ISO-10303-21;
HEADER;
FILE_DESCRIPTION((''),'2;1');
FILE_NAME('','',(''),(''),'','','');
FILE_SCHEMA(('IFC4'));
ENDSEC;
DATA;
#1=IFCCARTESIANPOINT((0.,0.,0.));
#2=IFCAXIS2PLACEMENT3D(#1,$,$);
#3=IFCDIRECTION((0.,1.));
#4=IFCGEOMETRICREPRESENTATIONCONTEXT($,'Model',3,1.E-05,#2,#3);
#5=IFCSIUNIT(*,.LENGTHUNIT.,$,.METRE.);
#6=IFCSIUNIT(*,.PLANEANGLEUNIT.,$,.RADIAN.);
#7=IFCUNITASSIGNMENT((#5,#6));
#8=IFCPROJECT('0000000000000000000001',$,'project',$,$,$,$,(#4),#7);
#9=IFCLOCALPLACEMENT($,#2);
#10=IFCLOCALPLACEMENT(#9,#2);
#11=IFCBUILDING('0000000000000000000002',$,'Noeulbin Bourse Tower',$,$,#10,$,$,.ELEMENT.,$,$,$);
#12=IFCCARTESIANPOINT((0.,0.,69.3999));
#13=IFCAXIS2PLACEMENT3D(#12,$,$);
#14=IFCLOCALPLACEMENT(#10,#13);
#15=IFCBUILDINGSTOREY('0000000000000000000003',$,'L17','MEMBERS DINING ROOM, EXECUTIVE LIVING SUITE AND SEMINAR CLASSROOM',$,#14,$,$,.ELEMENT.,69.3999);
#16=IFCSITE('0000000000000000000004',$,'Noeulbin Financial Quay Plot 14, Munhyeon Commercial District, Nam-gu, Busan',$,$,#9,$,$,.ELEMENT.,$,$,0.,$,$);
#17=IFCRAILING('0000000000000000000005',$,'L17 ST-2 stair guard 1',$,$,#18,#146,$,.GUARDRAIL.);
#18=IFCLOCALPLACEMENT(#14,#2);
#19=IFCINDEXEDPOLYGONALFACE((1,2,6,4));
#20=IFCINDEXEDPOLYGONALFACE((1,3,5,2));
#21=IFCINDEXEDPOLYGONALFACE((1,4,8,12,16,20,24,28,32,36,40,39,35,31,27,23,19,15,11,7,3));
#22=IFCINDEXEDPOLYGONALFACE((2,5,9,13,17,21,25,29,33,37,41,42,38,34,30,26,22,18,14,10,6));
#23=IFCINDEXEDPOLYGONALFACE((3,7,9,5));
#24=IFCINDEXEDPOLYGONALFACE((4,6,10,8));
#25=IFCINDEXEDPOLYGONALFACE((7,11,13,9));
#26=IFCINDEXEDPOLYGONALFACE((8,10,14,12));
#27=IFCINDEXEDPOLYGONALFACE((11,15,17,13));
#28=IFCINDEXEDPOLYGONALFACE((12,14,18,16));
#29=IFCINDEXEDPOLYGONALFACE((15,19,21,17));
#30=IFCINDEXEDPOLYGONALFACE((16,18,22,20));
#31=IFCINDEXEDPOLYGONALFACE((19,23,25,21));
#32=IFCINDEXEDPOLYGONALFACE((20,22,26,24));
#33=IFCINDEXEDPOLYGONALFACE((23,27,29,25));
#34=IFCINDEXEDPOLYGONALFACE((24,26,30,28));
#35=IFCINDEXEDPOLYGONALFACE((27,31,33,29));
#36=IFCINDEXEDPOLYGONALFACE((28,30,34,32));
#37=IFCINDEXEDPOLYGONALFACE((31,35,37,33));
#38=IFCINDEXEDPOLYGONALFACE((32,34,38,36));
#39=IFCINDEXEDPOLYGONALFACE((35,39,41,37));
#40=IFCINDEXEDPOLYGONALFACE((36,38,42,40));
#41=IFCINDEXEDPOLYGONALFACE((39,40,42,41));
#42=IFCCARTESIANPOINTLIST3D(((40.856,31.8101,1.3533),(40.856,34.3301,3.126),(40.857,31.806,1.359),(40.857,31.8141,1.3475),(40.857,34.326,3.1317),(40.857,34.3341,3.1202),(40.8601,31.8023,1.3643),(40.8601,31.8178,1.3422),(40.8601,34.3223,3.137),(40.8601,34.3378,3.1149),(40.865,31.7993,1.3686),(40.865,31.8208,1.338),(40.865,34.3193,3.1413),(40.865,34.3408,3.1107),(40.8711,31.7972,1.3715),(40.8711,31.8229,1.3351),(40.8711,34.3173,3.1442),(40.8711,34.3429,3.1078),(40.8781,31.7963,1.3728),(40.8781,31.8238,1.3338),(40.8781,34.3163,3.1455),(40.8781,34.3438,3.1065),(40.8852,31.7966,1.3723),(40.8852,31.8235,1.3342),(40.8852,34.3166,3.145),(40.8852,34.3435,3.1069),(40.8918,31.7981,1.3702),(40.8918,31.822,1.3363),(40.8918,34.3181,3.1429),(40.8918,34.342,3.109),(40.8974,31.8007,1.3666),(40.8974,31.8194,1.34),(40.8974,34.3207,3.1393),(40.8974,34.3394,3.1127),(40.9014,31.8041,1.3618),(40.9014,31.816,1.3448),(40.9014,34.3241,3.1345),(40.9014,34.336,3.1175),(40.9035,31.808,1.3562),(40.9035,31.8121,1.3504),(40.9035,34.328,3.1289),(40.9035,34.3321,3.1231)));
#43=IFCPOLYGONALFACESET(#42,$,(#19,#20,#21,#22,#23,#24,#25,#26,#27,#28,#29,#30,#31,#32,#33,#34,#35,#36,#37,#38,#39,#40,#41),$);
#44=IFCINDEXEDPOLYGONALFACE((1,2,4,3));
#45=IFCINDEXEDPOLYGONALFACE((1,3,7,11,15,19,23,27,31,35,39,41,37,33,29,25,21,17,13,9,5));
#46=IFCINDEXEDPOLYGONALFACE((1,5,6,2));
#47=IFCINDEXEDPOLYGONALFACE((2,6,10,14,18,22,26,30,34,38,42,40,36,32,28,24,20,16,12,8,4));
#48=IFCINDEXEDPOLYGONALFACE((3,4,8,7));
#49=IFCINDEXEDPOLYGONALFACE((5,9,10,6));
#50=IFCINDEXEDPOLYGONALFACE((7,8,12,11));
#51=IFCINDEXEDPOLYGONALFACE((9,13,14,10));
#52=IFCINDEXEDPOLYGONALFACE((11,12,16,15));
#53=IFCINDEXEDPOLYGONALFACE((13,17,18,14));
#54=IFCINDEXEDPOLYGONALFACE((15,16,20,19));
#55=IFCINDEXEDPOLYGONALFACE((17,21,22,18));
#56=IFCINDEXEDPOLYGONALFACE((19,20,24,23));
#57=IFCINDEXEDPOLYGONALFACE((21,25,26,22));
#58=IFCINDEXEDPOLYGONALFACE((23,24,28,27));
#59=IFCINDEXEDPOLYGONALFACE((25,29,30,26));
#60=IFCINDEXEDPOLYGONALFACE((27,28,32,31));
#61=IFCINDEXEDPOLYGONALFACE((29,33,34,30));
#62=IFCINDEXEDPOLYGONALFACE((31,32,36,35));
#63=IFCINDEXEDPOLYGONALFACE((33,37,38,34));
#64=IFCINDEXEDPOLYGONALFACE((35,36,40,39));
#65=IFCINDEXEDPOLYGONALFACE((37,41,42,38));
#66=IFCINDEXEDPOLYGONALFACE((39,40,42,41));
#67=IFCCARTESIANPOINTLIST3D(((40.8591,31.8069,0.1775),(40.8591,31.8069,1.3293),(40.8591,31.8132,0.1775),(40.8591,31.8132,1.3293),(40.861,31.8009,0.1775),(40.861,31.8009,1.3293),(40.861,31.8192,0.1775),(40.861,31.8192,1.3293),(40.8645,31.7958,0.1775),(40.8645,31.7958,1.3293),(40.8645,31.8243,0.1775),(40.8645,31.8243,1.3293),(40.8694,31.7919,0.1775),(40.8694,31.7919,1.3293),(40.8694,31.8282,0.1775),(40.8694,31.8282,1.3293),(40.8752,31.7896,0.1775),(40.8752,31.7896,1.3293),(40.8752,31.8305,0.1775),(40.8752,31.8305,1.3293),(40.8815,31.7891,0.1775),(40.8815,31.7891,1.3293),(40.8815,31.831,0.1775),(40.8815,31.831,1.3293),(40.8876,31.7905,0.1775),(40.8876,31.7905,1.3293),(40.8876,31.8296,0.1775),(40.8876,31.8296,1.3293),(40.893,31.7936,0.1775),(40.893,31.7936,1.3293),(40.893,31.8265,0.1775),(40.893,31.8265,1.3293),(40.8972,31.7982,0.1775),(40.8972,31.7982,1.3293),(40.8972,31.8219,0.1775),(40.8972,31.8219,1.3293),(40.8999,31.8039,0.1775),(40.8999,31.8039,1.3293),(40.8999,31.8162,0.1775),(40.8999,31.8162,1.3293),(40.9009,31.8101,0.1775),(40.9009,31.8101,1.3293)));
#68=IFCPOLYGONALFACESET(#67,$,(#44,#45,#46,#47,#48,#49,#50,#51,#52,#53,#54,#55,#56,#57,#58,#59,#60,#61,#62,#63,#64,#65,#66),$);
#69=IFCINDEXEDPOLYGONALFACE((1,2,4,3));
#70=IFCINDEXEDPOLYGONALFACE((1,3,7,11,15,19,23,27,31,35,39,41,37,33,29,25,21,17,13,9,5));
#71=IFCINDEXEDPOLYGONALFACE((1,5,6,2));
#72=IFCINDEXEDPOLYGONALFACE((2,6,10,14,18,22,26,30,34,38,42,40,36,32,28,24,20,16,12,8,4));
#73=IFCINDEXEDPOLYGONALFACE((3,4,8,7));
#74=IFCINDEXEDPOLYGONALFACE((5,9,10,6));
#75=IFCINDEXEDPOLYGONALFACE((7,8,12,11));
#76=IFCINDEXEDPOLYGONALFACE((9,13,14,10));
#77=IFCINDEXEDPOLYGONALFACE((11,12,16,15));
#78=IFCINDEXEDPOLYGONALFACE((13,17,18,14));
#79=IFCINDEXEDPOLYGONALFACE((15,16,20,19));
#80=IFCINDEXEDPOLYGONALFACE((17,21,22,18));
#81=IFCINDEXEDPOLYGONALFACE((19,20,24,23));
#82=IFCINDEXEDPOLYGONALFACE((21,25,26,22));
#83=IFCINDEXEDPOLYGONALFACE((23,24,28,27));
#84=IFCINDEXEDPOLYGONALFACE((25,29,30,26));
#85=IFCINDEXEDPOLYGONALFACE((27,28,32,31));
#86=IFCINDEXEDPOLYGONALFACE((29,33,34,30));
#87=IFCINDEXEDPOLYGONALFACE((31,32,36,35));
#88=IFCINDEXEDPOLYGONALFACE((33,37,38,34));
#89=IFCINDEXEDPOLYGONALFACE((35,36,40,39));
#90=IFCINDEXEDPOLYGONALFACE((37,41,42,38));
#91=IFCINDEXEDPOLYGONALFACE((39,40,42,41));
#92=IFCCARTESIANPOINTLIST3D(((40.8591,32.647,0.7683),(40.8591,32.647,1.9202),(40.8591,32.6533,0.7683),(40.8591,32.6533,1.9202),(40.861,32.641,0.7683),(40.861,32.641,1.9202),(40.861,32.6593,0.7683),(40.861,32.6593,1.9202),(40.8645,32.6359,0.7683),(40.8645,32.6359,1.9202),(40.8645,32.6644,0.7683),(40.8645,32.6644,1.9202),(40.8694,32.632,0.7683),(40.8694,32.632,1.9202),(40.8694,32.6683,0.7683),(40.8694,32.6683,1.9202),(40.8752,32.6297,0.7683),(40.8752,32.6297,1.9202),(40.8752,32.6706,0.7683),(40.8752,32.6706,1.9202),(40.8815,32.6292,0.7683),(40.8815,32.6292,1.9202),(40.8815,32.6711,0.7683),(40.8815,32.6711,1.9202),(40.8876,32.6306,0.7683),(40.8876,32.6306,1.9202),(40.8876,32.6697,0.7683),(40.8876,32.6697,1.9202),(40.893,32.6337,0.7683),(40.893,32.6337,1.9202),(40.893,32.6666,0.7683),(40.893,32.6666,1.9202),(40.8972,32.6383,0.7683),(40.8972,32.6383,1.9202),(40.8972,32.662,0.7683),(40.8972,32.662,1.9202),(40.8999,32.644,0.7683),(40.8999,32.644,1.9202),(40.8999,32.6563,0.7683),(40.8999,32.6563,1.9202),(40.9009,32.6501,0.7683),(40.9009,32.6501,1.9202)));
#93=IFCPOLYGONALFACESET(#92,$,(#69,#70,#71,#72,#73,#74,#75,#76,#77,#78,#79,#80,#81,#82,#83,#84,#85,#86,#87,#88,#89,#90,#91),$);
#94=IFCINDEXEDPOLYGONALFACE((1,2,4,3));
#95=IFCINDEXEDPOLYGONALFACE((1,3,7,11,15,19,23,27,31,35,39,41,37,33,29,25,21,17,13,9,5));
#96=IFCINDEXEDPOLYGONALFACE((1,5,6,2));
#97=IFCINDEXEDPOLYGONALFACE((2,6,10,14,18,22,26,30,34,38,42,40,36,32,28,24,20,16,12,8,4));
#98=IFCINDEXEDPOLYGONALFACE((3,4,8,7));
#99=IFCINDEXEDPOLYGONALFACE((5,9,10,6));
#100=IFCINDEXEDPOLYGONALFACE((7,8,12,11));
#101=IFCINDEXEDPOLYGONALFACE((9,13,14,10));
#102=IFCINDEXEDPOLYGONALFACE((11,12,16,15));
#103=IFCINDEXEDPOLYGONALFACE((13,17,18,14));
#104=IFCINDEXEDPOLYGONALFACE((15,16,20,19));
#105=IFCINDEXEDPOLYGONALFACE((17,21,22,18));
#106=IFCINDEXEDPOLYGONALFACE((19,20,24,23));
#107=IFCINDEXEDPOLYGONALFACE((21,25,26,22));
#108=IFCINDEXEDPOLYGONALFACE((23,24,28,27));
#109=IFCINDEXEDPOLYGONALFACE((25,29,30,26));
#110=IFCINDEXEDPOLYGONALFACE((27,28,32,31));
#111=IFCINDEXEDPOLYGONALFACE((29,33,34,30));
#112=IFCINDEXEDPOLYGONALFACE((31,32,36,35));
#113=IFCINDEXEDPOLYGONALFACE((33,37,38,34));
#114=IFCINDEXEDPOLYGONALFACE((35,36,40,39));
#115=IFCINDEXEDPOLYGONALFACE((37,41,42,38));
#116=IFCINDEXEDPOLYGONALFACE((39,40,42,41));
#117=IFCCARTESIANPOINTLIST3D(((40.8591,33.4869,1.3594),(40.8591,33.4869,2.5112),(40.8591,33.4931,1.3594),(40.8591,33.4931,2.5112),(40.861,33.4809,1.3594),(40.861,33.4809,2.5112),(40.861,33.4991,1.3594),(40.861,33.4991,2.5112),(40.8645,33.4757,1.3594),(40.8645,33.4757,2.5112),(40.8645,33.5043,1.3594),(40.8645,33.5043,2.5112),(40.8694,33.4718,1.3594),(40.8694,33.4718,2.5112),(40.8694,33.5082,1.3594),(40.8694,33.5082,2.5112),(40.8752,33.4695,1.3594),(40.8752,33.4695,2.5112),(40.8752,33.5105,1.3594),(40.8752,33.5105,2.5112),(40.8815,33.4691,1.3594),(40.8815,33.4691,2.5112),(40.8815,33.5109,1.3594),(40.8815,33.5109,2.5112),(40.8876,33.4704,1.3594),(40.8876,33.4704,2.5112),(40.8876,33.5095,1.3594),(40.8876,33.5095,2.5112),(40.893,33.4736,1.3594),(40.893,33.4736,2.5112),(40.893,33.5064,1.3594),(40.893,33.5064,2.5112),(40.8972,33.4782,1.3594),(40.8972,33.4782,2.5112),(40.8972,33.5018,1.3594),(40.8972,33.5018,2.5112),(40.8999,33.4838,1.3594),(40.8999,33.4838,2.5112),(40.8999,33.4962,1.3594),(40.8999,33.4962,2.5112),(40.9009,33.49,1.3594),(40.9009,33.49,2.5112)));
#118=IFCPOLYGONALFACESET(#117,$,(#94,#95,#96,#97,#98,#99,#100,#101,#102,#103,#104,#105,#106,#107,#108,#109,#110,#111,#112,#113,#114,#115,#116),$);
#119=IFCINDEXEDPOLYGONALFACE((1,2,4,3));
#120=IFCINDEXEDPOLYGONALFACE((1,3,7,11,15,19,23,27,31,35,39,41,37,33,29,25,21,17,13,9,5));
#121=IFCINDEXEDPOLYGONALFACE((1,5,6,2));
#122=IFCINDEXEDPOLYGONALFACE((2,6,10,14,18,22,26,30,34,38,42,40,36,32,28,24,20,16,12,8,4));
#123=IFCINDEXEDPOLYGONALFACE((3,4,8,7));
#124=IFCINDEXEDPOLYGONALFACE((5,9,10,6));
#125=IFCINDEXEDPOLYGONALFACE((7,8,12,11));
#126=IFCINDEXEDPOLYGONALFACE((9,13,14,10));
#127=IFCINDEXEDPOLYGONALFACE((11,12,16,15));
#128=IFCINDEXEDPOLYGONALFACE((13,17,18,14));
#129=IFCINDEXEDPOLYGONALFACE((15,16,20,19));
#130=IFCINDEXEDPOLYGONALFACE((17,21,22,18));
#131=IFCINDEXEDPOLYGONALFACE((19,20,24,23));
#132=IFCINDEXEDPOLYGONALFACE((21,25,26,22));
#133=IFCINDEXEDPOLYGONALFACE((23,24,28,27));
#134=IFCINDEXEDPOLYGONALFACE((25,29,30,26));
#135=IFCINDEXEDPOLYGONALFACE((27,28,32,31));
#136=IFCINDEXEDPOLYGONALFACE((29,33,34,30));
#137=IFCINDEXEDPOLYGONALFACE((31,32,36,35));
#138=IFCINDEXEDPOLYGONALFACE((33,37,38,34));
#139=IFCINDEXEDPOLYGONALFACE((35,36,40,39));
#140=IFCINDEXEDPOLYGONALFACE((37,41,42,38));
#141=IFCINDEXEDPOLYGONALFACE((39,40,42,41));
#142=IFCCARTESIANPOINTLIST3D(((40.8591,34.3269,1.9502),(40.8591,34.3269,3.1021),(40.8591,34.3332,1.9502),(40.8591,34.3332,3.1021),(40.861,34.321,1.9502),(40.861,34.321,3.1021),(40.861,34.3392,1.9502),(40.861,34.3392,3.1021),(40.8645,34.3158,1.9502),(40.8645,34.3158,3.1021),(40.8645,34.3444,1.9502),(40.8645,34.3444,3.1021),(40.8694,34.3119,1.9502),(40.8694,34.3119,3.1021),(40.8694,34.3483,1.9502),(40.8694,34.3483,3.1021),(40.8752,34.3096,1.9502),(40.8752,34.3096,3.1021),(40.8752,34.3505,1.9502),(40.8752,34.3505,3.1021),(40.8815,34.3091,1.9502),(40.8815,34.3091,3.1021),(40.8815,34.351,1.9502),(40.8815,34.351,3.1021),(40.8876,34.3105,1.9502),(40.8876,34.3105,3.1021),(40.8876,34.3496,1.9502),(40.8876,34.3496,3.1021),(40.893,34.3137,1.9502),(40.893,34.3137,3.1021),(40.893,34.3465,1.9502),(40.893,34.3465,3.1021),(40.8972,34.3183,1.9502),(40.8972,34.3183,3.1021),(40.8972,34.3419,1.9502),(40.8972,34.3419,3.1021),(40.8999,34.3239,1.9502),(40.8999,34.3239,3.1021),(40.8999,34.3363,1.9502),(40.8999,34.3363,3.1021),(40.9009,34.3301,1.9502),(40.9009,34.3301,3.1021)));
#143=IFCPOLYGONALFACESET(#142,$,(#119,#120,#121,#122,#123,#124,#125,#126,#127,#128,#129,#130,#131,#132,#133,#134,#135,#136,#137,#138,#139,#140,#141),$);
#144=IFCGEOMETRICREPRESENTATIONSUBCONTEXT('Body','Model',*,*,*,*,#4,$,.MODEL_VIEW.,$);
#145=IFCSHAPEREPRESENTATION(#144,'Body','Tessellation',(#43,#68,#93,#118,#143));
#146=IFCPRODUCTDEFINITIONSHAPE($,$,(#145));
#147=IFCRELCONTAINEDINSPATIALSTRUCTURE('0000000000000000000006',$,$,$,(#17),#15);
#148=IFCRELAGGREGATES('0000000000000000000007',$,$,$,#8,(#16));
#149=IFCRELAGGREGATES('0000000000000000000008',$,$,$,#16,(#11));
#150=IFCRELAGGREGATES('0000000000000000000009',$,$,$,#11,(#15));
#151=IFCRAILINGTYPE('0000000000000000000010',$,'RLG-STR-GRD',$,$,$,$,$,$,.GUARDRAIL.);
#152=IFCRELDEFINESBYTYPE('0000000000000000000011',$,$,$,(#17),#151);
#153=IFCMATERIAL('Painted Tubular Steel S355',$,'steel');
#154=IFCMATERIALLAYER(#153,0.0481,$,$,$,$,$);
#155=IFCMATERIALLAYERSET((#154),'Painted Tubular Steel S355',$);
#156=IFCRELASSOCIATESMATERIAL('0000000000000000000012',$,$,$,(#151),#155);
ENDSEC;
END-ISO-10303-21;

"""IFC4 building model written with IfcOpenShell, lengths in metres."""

from ifc_helpers import new_model, si_unit, direction, frame, origin, origin_2d, place, context, subcontext, project, spatial, circle, extrude, material, layer, layer_set, type_object, element, save


model = new_model("IFC4")

# Units and contexts
model_context = context("Model", 3, precision=1e-05, world=origin(), true_north=direction((0.0, 1.0)))
body_context = subcontext(model_context, "Body", "Model", "MODEL_VIEW")
ifc_project = project(units=[si_unit("LENGTHUNIT", "METRE"), si_unit("PLANEANGLEUNIT", "RADIAN")], contexts=[model_context])

# Site, building, storey
site_placement = place(None, origin())
site = spatial("IfcSite", under=ifc_project, at=site_placement, Name="Noeulbin Financial Quay Plot 14, Munhyeon Commercial District, Nam-gu, Busan", CompositionType="ELEMENT", RefElevation=0.0)
building_placement = place(site_placement, origin())
building = spatial("IfcBuilding", under=site, at=building_placement, Name="Noeulbin Bourse Tower", CompositionType="ELEMENT")
storey_placement = place(building_placement, frame((0.0, 0.0, 69.3999)))
storey = spatial("IfcBuildingStorey", under=building, at=storey_placement, Name="L17", Description="MEMBERS DINING ROOM, EXECUTIVE LIVING SUITE AND SEMINAR CLASSROOM", CompositionType="ELEMENT", Elevation=69.3999)

# Railing
ifc_material_1 = material(Name="Painted Tubular Steel S355", Category="steel")
ifc_layer_1 = layer(ifc_material_1, 0.0481)
ifc_layer_set_1 = layer_set([ifc_layer_1], Name="Painted Tubular Steel S355")
railing_type_1 = type_object("IfcRailingType", Name="RLG-STR-GRD", PredefinedType="GUARDRAIL", material=ifc_layer_set_1)
railing_1_placement = place(storey_placement, frame((40.8799, 31.8101, 0.1775)))
element("IfcRailing", 1, at=railing_1_placement, inside=storey, type_object=railing_type_1, Name="L17 ST-2 stair guard 1", PredefinedType="GUARDRAIL", context=body_context, shape_type="SweptSolid", body=[
    extrude(circle(Radius=0.0239, at=origin_2d()), frame((0.0, 0.0, 1.1758), z_axis=(0.0, 0.817904, 0.575354), x_axis=(-1.0, 0.0, 0.0)), (0.0, 0.0, 1.0), 3.0811),
    extrude(circle(Radius=0.021, at=origin_2d()), origin(), (0.0, 0.0, 1.0), 1.1519),
    extrude(circle(Radius=0.021, at=origin_2d()), frame((0.0, 0.8401, 0.5908)), (0.0, 0.0, 1.0), 1.1519),
    extrude(circle(Radius=0.021, at=origin_2d()), frame((0.0, 1.6799, 1.1819)), (0.0, 0.0, 1.0), 1.1519),
    extrude(circle(Radius=0.021, at=origin_2d()), frame((0.0, 2.52, 1.7727)), (0.0, 0.0, 1.0), 1.1519),
])

save(model, "model.ifc")
